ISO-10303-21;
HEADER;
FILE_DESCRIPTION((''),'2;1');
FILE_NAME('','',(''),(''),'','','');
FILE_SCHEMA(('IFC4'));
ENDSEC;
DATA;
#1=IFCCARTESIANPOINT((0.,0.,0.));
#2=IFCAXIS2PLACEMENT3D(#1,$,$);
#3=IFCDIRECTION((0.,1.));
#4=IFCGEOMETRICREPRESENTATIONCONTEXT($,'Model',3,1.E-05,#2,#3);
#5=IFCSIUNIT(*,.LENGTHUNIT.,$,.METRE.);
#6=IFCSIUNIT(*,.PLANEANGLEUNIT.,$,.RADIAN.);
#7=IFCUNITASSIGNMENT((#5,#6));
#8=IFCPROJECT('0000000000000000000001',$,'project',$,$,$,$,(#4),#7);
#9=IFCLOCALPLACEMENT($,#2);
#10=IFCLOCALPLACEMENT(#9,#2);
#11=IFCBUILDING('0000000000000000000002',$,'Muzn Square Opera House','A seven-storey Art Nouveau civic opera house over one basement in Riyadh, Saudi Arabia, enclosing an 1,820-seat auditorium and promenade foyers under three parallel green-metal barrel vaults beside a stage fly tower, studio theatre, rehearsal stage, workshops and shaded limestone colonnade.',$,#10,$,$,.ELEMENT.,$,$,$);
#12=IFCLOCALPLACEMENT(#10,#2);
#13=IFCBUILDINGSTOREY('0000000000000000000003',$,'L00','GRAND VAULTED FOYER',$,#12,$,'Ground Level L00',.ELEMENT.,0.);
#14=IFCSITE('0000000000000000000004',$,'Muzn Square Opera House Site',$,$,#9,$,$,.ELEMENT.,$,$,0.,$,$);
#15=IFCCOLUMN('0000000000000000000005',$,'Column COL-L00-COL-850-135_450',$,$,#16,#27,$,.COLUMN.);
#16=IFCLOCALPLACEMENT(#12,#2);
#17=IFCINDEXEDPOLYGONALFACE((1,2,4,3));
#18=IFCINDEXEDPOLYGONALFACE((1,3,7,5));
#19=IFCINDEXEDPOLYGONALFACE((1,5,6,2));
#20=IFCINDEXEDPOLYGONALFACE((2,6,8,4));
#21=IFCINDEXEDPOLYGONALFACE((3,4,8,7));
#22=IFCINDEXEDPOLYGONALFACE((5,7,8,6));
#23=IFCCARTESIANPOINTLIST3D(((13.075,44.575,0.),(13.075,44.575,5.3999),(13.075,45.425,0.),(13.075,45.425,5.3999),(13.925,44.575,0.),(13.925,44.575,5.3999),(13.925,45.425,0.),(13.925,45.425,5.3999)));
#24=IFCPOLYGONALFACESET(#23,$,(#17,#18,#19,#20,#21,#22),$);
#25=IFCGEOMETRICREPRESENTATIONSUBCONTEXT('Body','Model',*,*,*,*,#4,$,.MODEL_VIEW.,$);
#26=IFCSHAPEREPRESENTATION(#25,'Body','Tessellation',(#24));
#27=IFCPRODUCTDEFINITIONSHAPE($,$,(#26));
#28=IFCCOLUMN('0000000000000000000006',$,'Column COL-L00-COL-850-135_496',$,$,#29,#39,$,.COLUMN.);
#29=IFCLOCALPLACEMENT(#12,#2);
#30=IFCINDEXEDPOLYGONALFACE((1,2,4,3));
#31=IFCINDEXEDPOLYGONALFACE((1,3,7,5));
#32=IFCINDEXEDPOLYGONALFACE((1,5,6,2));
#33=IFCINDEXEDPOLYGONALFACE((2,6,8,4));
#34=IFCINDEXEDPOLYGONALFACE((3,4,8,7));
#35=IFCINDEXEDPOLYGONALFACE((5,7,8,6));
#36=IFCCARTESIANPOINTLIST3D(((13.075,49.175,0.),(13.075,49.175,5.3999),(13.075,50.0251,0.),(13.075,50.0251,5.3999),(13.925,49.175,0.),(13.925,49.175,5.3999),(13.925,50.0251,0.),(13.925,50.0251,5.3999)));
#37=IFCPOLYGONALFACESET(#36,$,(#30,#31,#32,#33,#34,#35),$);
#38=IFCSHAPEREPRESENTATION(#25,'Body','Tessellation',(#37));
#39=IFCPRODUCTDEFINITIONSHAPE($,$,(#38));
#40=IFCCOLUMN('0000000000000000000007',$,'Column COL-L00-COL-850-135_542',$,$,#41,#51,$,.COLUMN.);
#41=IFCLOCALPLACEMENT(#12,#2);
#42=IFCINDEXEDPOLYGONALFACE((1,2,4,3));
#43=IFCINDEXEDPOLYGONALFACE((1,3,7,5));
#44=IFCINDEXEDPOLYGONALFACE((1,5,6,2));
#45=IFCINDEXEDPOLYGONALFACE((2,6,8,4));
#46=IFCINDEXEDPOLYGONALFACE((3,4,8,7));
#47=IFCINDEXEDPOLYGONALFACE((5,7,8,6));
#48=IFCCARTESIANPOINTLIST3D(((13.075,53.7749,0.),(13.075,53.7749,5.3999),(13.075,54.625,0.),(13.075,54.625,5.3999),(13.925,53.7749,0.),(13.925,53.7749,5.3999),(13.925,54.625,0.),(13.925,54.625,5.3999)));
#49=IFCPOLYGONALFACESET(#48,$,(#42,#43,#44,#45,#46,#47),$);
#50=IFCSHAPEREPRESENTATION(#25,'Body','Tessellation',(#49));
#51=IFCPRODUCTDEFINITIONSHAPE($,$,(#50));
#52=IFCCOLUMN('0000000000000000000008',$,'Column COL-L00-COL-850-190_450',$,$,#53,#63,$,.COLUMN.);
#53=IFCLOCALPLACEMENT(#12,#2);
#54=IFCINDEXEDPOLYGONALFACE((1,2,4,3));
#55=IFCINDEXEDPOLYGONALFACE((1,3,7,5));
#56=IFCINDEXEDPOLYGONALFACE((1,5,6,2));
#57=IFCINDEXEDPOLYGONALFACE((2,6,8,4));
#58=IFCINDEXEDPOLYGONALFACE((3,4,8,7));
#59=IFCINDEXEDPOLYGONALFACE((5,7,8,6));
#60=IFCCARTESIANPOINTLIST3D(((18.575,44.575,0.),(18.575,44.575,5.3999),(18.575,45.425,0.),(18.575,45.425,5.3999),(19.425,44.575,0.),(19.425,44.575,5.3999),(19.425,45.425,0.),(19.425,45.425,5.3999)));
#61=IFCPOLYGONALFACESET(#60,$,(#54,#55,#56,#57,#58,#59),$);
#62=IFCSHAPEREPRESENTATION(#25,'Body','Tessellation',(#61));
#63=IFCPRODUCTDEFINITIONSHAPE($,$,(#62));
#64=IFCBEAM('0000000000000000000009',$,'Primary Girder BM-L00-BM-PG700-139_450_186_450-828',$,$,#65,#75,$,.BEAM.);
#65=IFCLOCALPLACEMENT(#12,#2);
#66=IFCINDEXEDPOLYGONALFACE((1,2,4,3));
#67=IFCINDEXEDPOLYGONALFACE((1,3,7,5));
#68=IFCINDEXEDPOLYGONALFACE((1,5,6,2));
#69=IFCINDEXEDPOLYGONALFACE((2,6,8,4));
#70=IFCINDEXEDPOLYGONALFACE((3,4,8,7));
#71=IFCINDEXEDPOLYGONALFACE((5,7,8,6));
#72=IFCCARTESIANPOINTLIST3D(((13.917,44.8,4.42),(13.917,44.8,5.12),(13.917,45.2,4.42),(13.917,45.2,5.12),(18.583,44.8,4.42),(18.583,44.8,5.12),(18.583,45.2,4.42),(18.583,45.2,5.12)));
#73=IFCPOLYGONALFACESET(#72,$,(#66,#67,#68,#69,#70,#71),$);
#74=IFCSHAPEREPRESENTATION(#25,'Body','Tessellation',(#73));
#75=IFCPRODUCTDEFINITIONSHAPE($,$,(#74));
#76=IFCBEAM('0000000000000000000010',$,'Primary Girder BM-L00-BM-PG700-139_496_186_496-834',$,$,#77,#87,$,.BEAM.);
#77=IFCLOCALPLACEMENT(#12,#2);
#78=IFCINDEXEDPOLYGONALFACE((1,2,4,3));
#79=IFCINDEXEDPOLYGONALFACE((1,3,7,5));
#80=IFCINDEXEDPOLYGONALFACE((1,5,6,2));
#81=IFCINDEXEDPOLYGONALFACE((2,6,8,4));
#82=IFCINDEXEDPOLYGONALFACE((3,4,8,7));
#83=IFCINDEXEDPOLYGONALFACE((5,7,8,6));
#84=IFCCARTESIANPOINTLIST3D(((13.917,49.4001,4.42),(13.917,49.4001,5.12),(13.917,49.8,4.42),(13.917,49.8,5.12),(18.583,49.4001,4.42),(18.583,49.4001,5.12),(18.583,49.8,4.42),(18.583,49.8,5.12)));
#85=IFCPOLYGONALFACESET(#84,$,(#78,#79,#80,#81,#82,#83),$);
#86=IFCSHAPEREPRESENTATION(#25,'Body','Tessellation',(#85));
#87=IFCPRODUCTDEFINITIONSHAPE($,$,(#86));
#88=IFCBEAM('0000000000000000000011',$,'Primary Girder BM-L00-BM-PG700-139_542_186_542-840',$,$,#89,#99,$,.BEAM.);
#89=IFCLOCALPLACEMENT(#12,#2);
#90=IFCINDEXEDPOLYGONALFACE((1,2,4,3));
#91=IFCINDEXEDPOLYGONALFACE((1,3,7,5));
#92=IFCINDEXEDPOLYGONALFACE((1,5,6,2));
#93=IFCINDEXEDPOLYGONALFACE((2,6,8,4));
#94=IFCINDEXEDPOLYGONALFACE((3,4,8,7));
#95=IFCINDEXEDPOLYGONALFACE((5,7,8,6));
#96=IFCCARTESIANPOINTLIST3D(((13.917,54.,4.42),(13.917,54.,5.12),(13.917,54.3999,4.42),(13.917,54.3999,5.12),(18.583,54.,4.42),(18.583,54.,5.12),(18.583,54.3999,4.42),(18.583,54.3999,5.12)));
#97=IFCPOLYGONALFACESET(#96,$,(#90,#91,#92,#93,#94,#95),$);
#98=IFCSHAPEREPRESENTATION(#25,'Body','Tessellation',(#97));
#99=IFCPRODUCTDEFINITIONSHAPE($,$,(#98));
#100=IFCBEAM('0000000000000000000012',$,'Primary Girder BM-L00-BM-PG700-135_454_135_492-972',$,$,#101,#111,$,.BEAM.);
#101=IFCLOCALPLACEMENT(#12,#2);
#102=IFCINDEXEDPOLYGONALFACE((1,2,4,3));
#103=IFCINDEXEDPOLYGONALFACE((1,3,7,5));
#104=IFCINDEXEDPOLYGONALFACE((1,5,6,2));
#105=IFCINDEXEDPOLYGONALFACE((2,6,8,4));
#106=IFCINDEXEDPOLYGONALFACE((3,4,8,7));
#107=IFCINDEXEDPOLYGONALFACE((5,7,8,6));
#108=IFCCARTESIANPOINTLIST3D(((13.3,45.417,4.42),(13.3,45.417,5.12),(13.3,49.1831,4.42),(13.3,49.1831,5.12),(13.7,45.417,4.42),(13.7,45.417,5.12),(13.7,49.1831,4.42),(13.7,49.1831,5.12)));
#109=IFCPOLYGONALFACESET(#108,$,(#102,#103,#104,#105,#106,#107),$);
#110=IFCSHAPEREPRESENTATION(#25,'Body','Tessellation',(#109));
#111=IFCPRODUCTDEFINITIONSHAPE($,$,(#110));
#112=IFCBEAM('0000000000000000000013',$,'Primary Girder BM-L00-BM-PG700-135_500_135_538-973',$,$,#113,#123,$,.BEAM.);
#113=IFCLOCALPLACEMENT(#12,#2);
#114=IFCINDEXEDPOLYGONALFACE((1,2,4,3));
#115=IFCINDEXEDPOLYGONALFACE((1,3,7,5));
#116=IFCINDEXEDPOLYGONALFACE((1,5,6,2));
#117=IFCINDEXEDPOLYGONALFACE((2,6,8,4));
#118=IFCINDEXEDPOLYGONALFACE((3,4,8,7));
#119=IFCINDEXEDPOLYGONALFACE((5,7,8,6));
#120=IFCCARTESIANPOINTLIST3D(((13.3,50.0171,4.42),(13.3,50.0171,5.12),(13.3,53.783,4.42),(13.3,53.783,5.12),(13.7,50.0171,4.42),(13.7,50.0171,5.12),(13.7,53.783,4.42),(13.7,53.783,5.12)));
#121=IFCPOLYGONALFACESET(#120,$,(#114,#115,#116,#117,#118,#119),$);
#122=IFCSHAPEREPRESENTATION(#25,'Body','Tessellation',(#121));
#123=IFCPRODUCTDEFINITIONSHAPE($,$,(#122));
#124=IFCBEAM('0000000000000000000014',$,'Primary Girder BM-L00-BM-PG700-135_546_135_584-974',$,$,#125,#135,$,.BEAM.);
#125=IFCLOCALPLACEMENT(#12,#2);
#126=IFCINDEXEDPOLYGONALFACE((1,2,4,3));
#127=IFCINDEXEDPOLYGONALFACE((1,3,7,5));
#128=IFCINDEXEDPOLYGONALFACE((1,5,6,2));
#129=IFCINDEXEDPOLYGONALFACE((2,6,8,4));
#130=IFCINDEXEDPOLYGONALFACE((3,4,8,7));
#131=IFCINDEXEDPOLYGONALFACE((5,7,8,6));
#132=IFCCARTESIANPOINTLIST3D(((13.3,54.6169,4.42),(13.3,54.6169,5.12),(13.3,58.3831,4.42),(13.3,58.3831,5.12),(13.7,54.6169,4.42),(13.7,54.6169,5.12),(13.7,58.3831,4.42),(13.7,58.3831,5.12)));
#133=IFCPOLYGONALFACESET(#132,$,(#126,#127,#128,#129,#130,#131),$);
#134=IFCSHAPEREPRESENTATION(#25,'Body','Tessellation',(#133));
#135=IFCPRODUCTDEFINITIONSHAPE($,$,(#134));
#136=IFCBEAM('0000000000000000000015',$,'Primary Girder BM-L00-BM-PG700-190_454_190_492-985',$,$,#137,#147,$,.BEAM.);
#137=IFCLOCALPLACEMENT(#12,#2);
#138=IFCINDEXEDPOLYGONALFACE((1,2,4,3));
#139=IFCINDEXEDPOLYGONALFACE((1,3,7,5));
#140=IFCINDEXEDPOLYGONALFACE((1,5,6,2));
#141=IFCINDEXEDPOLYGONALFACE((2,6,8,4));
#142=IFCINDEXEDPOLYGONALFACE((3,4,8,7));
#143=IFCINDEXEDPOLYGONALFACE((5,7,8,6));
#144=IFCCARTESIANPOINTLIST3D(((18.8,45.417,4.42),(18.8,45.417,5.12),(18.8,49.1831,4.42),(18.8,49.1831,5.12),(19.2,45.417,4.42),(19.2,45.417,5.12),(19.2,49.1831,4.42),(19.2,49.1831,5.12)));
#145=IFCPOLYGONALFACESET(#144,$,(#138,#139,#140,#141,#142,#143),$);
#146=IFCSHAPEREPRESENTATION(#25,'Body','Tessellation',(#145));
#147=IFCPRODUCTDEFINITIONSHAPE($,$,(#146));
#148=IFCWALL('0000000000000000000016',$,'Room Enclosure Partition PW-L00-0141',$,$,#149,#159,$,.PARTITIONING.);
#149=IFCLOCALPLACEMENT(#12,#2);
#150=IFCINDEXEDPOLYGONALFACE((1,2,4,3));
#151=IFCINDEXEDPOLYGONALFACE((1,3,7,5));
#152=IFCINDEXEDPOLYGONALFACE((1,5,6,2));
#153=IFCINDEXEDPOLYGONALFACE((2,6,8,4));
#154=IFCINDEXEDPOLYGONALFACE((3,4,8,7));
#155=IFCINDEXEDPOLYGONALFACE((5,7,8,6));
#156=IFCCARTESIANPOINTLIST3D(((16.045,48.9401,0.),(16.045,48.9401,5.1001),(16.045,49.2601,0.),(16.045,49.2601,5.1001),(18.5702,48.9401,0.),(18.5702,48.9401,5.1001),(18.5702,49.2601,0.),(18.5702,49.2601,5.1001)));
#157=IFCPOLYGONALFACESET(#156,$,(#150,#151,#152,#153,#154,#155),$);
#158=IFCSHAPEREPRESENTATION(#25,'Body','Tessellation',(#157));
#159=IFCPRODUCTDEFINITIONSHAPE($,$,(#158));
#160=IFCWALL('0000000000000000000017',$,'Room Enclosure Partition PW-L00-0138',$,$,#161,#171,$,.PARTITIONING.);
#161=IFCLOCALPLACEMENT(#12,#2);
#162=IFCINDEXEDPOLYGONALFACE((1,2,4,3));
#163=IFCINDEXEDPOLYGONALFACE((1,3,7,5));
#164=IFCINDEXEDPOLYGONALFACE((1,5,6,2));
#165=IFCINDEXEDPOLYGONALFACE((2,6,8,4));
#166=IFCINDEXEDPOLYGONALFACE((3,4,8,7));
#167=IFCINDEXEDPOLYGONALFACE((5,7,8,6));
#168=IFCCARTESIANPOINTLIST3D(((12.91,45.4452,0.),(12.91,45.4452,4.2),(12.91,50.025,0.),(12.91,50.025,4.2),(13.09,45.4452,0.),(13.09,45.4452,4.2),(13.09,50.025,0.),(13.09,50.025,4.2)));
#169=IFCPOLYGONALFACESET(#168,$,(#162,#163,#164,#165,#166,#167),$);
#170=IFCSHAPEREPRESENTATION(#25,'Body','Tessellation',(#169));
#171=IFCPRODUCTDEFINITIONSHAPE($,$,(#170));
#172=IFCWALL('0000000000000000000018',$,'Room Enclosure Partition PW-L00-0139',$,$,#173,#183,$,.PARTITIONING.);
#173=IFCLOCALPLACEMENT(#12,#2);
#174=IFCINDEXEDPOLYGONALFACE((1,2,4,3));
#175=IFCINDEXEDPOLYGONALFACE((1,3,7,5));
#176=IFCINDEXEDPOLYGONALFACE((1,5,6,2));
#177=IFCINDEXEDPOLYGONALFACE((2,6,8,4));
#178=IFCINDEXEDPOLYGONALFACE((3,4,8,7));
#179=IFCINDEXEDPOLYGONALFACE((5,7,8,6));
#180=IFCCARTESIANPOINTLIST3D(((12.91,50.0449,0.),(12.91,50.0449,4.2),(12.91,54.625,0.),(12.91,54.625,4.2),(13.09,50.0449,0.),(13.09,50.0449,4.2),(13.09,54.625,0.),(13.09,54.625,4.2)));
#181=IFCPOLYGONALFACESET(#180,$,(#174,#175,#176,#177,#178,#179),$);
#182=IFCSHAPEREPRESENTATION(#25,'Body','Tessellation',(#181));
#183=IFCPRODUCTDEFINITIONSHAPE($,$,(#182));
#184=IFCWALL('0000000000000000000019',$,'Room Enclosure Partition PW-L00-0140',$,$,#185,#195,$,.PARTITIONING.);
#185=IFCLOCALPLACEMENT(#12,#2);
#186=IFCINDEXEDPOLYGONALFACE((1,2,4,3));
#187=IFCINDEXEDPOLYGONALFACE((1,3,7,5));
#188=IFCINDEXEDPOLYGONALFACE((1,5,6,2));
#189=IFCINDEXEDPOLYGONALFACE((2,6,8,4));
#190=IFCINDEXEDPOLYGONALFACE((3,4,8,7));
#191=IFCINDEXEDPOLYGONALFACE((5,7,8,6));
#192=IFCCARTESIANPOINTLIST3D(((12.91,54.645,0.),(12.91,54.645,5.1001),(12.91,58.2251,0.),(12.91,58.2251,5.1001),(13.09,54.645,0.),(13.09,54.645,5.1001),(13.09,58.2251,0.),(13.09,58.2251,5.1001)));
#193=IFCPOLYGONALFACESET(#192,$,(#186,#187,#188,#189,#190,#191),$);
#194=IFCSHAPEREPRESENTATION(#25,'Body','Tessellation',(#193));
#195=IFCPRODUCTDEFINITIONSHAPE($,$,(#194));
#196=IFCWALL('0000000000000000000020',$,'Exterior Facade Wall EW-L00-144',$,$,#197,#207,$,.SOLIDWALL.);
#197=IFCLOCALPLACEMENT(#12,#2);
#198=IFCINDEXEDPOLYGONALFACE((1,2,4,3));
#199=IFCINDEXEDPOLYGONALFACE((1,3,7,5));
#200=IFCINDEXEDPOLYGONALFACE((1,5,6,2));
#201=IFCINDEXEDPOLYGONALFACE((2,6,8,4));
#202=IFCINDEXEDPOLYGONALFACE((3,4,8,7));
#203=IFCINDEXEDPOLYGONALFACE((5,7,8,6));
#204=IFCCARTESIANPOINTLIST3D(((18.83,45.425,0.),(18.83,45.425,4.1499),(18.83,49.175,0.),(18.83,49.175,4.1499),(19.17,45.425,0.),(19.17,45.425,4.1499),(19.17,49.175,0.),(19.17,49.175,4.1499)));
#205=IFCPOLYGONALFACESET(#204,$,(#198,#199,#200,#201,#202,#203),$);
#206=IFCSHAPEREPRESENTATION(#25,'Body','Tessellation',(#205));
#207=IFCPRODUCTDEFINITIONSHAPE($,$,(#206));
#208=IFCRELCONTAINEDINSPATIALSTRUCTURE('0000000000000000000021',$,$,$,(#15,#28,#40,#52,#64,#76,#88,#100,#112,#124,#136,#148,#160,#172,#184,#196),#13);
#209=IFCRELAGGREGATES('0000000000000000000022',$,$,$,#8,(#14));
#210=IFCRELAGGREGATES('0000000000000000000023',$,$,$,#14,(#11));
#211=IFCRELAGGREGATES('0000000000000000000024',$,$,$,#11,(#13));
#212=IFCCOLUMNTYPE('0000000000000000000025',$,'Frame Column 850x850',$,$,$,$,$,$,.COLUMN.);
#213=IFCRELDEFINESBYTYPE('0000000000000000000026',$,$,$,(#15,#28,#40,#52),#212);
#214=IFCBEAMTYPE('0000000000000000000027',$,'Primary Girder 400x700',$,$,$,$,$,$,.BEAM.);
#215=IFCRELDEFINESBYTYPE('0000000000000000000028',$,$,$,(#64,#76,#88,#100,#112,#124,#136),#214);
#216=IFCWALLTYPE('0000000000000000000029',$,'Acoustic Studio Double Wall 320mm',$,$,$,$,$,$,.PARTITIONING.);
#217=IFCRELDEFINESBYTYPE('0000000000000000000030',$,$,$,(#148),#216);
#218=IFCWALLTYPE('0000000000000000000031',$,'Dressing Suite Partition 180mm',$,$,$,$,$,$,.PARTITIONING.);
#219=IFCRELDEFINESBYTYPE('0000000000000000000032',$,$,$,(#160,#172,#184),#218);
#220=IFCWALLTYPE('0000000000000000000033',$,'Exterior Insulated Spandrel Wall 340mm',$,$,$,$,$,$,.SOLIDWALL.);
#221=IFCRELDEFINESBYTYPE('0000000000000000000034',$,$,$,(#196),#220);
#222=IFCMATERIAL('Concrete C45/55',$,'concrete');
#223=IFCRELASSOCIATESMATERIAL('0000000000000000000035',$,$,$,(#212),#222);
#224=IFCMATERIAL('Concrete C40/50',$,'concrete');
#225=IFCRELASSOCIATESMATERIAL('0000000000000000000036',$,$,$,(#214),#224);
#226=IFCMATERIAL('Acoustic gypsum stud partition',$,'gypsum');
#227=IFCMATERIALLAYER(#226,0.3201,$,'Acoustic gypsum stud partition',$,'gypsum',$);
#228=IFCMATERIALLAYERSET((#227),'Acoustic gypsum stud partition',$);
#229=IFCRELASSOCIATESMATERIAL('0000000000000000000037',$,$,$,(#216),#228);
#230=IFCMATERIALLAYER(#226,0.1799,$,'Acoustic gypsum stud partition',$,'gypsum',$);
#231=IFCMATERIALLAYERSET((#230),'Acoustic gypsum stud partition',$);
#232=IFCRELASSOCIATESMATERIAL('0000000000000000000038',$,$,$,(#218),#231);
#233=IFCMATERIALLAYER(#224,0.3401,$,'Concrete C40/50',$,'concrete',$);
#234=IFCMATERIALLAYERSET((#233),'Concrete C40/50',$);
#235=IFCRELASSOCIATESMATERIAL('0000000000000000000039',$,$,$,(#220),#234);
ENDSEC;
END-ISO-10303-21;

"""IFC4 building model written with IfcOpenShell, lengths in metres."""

from ifc_helpers import new_model, si_unit, direction, frame, frame_2d, origin, origin_2d, place, context, subcontext, project, spatial, rectangle, extrude, material, layer, layer_set, material_profile, profile_set, type_object, element, save


model = new_model("IFC4")

# Units and contexts
model_context = context("Model", 3, precision=1e-05, world=origin(), true_north=direction((0.0, 1.0)))
body_context = subcontext(model_context, "Body", "Model", "MODEL_VIEW")
ifc_project = project(units=[si_unit("LENGTHUNIT", "METRE"), si_unit("PLANEANGLEUNIT", "RADIAN")], contexts=[model_context])

# Site, building, storey
site_placement = place(None, origin())
site = spatial("IfcSite", under=ifc_project, at=site_placement, Name="Muzn Square Opera House Site", CompositionType="ELEMENT", RefElevation=0.0)
building_placement = place(site_placement, origin())
building = spatial("IfcBuilding", under=site, at=building_placement, Name="Muzn Square Opera House", Description="A seven-storey Art Nouveau civic opera house over one basement in Riyadh, Saudi Arabia, enclosing an 1,820-seat auditorium and promenade foyers under three parallel green-metal barrel vaults beside a stage fly tower, studio theatre, rehearsal stage, workshops and shaded limestone colonnade.", CompositionType="ELEMENT")
storey_placement = place(building_placement, origin())
storey = spatial("IfcBuildingStorey", under=building, at=storey_placement, Name="L00", Description="GRAND VAULTED FOYER", LongName="Ground Level L00", CompositionType="ELEMENT", Elevation=0.0)

# Columns
ifc_material_1 = material(Name="Concrete C45/55", Category="concrete")
ifc_material_profile_1 = material_profile(ifc_material_1, rectangle(XDim=0.8501, YDim=0.8501, at=origin_2d()), Name="RC 850x850", Category="concrete")
ifc_profile_set_1 = profile_set([ifc_material_profile_1], Name="Concrete C45/55")
column_type = type_object("IfcColumnType", Name="Frame Column 850x850", PredefinedType="COLUMN", material=ifc_profile_set_1)
for number, where, z_axis, x_axis, name in (
    (1, (13.5, 45.0, 0.0), (0.0, 0.0, 1.0), (1.0, 0.0, 0.0), "Column COL-L00-COL-850-135_450"),
    (2, (13.5, 49.6001, 0.0), (0.0, 0.0, 1.0), (1.0, 0.0, 0.0), "Column COL-L00-COL-850-135_496"),
    (3, (13.5, 54.2, 0.0), (0.0, 0.0, 1.0), (1.0, 0.0, 0.0), "Column COL-L00-COL-850-135_542"),
    (4, (19.0, 45.0, 0.0), (0.0, 0.0, 1.0), (1.0, 0.0, 0.0), "Column COL-L00-COL-850-190_450"),
):
    element("IfcColumn", number, at=place(storey_placement, frame(where, z_axis=z_axis, x_axis=x_axis)), inside=storey, type_object=column_type, Name=name, PredefinedType="COLUMN", context=body_context, shape_type="SweptSolid", body=[
        extrude(rectangle(XDim=0.8501, YDim=0.8501, at=origin_2d()), origin(), (0.0, 0.0, 1.0), 5.3999),
    ])

# Beams
ifc_material_2 = material(Name="Concrete C40/50", Category="concrete")
ifc_material_profile_2 = material_profile(ifc_material_2, rectangle(XDim=0.3999, YDim=0.7, at=origin_2d()), Name="RCB 400x700", Category="concrete")
ifc_profile_set_2 = profile_set([ifc_material_profile_2], Name="Concrete C40/50")
beam_type = type_object("IfcBeamType", Name="Primary Girder 400x700", PredefinedType="BEAM", material=ifc_profile_set_2)
for number, where, z_axis, x_axis, name in (
    (5, (13.917, 45.0, 4.77), (1.0, 0.0, 0.0), (0.0, 1.0, 0.0), "Primary Girder BM-L00-BM-PG700-139_450_186_450-828"),
    (6, (13.917, 49.6001, 4.77), (1.0, 0.0, 0.0), (0.0, 1.0, 0.0), "Primary Girder BM-L00-BM-PG700-139_496_186_496-834"),
    (7, (13.917, 54.2, 4.77), (1.0, 0.0, 0.0), (0.0, 1.0, 0.0), "Primary Girder BM-L00-BM-PG700-139_542_186_542-840"),
):
    element("IfcBeam", number, at=place(storey_placement, frame(where, z_axis=z_axis, x_axis=x_axis)), inside=storey, type_object=beam_type, Name=name, PredefinedType="BEAM", context=body_context, shape_type="SweptSolid", body=[
        extrude(rectangle(XDim=0.3999, YDim=0.7, at=origin_2d()), origin(), (0.0, 0.0, 1.0), 4.666),
    ])
beam_1_placement = place(storey_placement, frame((13.5, 45.417, 4.77), z_axis=(0.0, 1.0, 0.0), x_axis=(-1.0, 0.0, 0.0)))
element("IfcBeam", 8, at=beam_1_placement, inside=storey, type_object=beam_type, Name="Primary Girder BM-L00-BM-PG700-135_454_135_492-972", PredefinedType="BEAM", context=body_context, shape_type="SweptSolid", body=[
    extrude(rectangle(XDim=0.3999, YDim=0.7, at=origin_2d()), origin(), (0.0, 0.0, 1.0), 3.7661),
])
beam_2_placement = place(storey_placement, frame((13.5, 50.0171, 4.77), z_axis=(0.0, 1.0, 0.0), x_axis=(-1.0, 0.0, 0.0)))
element("IfcBeam", 9, at=beam_2_placement, inside=storey, type_object=beam_type, Name="Primary Girder BM-L00-BM-PG700-135_500_135_538-973", PredefinedType="BEAM", context=body_context, shape_type="SweptSolid", body=[
    extrude(rectangle(XDim=0.3999, YDim=0.7, at=origin_2d()), origin(), (0.0, 0.0, 1.0), 3.7659),
])
for number, where, z_axis, x_axis, name in (
    (10, (13.5, 54.6169, 4.77), (0.0, 1.0, 0.0), (-1.0, 0.0, 0.0), "Primary Girder BM-L00-BM-PG700-135_546_135_584-974"),
    (11, (19.0, 45.417, 4.77), (0.0, 1.0, 0.0), (-1.0, 0.0, 0.0), "Primary Girder BM-L00-BM-PG700-190_454_190_492-985"),
):
    element("IfcBeam", number, at=place(storey_placement, frame(where, z_axis=z_axis, x_axis=x_axis)), inside=storey, type_object=beam_type, Name=name, PredefinedType="BEAM", context=body_context, shape_type="SweptSolid", body=[
        extrude(rectangle(XDim=0.3999, YDim=0.7, at=origin_2d()), origin(), (0.0, 0.0, 1.0), 3.7661),
    ])

# Walls
ifc_material_3 = material(Name="Acoustic gypsum stud partition", Category="gypsum")
ifc_layer_1 = layer(ifc_material_3, 0.3201, Name="Acoustic gypsum stud partition", Category="gypsum")
ifc_layer_set_1 = layer_set([ifc_layer_1], Name="Acoustic gypsum stud partition")
wall_type_1 = type_object("IfcWallType", Name="Acoustic Studio Double Wall 320mm", PredefinedType="PARTITIONING", material=ifc_layer_set_1)
wall_1_placement = place(storey_placement, frame((16.0449, 49.1001, 0.0), z_axis=(0.0, 0.0, 1.0), x_axis=(1.0, 0.0, 0.0)))
element("IfcWall", 12, at=wall_1_placement, inside=storey, type_object=wall_type_1, Name="Room Enclosure Partition PW-L00-0141", PredefinedType="PARTITIONING", context=body_context, shape_type="SweptSolid", body=[
    extrude(rectangle(XDim=2.5251, YDim=0.3201, at=frame_2d((1.2627, 0.0))), origin(), (0.0, 0.0, 1.0), 5.1001),
])
ifc_layer_2 = layer(ifc_material_3, 0.1799, Name="Acoustic gypsum stud partition", Category="gypsum")
ifc_layer_set_2 = layer_set([ifc_layer_2], Name="Acoustic gypsum stud partition")
wall_type_2 = type_object("IfcWallType", Name="Dressing Suite Partition 180mm", PredefinedType="PARTITIONING", material=ifc_layer_set_2)
wall_2_placement = place(storey_placement, frame((13.0, 45.4451, 0.0), z_axis=(0.0, 0.0, 1.0), x_axis=(0.0, 1.0, 0.0)))
element("IfcWall", 13, at=wall_2_placement, inside=storey, type_object=wall_type_2, Name="Room Enclosure Partition PW-L00-0138", PredefinedType="PARTITIONING", context=body_context, shape_type="SweptSolid", body=[
    extrude(rectangle(XDim=4.5798, YDim=0.1799, at=frame_2d((2.29, 0.0))), origin(), (0.0, 0.0, 1.0), 4.2),
])
wall_3_placement = place(storey_placement, frame((13.0, 50.0449, 0.0), z_axis=(0.0, 0.0, 1.0), x_axis=(0.0, 1.0, 0.0)))
element("IfcWall", 14, at=wall_3_placement, inside=storey, type_object=wall_type_2, Name="Room Enclosure Partition PW-L00-0139", PredefinedType="PARTITIONING", context=body_context, shape_type="SweptSolid", body=[
    extrude(rectangle(XDim=4.5801, YDim=0.1799, at=frame_2d((2.29, 0.0))), origin(), (0.0, 0.0, 1.0), 4.2),
])
wall_4_placement = place(storey_placement, frame((13.0, 54.645, 0.0), z_axis=(0.0, 0.0, 1.0), x_axis=(0.0, 1.0, 0.0)))
element("IfcWall", 15, at=wall_4_placement, inside=storey, type_object=wall_type_2, Name="Room Enclosure Partition PW-L00-0140", PredefinedType="PARTITIONING", context=body_context, shape_type="SweptSolid", body=[
    extrude(rectangle(XDim=3.5801, YDim=0.1799, at=frame_2d((1.79, 0.0))), origin(), (0.0, 0.0, 1.0), 5.1001),
])
ifc_layer_3 = layer(ifc_material_2, 0.3401, Name="Concrete C40/50", Category="concrete")
ifc_layer_set_3 = layer_set([ifc_layer_3], Name="Concrete C40/50")
wall_type_3 = type_object("IfcWallType", Name="Exterior Insulated Spandrel Wall 340mm", PredefinedType="SOLIDWALL", material=ifc_layer_set_3)
wall_5_placement = place(storey_placement, frame((19.0, 45.425, 0.0), z_axis=(0.0, 0.0, 1.0), x_axis=(0.0, 1.0, 0.0)))
element("IfcWall", 16, at=wall_5_placement, inside=storey, type_object=wall_type_3, Name="Exterior Facade Wall EW-L00-144", PredefinedType="SOLIDWALL", context=body_context, shape_type="SweptSolid", body=[
    extrude(rectangle(XDim=3.75, YDim=0.3401, at=frame_2d((1.875, 0.0))), origin(), (0.0, 0.0, 1.0), 4.1499),
])

save(model, "model.ifc")
